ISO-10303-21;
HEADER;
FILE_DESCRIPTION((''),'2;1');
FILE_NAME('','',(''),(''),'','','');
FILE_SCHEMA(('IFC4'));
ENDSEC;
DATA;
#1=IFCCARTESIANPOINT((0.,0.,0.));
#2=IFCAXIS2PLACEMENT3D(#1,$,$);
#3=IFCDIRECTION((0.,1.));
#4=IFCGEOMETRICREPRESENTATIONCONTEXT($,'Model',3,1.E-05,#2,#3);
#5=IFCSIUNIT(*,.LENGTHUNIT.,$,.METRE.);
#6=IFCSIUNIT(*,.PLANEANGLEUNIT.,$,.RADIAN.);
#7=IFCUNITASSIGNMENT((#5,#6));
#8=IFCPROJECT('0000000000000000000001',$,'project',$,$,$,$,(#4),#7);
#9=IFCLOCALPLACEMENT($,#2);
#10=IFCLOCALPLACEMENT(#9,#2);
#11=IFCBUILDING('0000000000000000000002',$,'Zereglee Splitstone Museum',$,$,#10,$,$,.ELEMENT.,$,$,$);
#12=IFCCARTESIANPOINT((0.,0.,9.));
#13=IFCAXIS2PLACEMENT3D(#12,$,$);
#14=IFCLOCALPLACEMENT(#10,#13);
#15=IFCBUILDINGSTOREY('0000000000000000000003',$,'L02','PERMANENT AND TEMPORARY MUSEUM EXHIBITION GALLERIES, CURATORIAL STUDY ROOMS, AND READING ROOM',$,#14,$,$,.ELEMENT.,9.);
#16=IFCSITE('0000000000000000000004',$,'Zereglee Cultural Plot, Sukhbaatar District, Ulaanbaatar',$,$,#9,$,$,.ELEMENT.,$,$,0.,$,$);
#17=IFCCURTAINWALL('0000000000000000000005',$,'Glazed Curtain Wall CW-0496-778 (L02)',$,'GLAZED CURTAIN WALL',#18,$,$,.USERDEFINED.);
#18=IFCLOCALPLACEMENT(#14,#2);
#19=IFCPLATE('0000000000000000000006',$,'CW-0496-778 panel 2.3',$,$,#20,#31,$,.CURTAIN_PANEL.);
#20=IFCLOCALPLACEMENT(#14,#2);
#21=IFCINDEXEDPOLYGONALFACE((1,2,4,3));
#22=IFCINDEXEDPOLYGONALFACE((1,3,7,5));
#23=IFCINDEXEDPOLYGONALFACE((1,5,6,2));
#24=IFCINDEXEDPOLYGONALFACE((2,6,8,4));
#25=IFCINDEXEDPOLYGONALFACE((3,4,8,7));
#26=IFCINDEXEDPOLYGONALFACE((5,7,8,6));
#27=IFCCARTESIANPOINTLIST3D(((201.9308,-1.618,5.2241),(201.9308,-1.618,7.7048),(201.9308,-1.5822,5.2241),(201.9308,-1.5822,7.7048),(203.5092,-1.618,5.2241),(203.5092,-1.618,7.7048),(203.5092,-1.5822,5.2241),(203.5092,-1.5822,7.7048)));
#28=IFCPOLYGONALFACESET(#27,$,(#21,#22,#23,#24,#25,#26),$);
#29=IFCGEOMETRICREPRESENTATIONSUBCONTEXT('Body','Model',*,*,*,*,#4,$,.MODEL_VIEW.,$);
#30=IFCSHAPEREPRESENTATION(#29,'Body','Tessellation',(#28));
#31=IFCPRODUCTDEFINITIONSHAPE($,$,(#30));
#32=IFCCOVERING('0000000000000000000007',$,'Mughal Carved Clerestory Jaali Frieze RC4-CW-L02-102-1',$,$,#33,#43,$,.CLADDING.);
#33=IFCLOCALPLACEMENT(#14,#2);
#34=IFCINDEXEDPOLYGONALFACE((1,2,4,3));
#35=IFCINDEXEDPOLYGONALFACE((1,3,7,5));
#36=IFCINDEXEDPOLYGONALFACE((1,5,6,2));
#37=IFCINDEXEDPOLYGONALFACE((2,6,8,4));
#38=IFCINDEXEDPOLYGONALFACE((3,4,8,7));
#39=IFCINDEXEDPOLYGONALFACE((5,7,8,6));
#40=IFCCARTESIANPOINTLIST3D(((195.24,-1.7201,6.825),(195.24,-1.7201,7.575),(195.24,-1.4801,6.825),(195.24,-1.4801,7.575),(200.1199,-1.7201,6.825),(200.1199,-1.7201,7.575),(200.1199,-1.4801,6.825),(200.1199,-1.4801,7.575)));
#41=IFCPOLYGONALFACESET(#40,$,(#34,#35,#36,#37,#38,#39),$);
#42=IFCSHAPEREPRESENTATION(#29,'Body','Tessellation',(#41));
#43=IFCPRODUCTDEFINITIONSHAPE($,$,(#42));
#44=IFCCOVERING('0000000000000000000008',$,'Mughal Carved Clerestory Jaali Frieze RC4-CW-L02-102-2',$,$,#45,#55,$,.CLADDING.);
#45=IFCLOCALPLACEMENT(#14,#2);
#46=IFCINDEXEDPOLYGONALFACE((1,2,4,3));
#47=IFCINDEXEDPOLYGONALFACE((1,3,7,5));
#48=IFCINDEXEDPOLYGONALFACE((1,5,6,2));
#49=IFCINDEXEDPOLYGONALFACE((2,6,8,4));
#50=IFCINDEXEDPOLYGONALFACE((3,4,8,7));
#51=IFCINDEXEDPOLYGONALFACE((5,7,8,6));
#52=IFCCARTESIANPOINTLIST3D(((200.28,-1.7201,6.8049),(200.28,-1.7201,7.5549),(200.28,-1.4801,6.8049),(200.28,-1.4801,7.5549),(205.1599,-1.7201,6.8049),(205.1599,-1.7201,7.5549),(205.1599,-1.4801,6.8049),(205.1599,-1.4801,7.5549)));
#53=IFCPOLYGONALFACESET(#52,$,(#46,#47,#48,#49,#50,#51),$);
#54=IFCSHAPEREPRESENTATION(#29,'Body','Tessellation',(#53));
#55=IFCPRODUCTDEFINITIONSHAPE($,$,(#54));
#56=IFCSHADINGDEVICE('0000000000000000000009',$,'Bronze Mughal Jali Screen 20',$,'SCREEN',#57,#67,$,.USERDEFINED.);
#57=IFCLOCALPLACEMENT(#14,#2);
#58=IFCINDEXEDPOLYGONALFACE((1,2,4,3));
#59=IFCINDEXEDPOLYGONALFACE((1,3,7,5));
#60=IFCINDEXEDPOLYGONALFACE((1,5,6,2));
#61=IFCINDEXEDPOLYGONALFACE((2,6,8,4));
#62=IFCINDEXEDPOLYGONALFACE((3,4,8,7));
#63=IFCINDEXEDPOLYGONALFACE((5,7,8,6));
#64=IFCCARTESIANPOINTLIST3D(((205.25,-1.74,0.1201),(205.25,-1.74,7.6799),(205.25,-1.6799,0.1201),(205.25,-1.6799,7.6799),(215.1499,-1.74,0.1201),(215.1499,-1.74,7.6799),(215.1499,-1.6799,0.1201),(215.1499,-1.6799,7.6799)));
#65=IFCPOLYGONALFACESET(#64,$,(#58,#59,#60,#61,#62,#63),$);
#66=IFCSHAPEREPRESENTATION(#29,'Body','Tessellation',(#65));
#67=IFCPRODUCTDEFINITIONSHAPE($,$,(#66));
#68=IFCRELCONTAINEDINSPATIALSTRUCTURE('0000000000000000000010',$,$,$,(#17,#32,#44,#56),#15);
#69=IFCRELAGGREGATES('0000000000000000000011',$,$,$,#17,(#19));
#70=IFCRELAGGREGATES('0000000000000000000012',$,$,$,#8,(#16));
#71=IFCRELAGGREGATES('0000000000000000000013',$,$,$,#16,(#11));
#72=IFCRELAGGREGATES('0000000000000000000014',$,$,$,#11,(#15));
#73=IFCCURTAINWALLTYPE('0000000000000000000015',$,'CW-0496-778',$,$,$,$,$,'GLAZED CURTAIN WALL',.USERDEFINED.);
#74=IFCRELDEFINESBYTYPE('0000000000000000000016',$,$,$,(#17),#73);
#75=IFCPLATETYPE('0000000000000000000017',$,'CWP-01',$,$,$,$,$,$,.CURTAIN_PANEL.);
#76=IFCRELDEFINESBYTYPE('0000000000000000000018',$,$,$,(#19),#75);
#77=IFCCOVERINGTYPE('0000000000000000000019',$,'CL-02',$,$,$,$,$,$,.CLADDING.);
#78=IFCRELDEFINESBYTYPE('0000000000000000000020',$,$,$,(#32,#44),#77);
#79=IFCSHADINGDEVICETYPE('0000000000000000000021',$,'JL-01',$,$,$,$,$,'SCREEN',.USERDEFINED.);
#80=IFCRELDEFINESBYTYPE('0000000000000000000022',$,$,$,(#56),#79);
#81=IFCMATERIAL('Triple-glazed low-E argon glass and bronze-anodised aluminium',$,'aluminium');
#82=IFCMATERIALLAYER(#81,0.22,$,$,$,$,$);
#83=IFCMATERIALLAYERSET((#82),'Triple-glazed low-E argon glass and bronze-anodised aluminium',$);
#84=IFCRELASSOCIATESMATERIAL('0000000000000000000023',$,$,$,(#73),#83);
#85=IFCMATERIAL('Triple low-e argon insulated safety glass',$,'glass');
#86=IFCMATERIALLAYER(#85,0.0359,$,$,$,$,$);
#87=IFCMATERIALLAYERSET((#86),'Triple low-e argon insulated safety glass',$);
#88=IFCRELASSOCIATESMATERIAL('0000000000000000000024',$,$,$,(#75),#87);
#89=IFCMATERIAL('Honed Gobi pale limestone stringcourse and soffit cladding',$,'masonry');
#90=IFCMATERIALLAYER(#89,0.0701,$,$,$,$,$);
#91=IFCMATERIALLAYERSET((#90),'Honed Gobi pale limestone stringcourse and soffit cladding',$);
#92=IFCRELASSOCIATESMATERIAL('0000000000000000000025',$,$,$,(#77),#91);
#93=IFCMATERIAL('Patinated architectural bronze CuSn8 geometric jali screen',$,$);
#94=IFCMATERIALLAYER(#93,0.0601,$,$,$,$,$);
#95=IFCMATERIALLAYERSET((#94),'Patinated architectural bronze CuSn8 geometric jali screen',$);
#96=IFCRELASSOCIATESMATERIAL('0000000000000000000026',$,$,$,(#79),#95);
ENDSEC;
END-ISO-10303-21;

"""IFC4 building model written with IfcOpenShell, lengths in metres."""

from ifc_helpers import new_model, si_unit, direction, frame, origin, origin_2d, place, context, subcontext, project, spatial, polyline, rectangle, outline, extrude, material, layer, layer_set, type_object, element, aggregate, save


model = new_model("IFC4")

# Units and contexts
model_context = context("Model", 3, precision=1e-05, world=origin(), true_north=direction((0.0, 1.0)))
body_context = subcontext(model_context, "Body", "Model", "MODEL_VIEW")
ifc_project = project(units=[si_unit("LENGTHUNIT", "METRE"), si_unit("PLANEANGLEUNIT", "RADIAN")], contexts=[model_context])

# Site, building, storey
site_placement = place(None, origin())
site = spatial("IfcSite", under=ifc_project, at=site_placement, Name="Zereglee Cultural Plot, Sukhbaatar District, Ulaanbaatar", CompositionType="ELEMENT", RefElevation=0.0)
building_placement = place(site_placement, origin())
building = spatial("IfcBuilding", under=site, at=building_placement, Name="Zereglee Splitstone Museum", CompositionType="ELEMENT")
storey_placement = place(building_placement, frame((0.0, 0.0, 9.0)))
storey = spatial("IfcBuildingStorey", under=building, at=storey_placement, Name="L02", Description="PERMANENT AND TEMPORARY MUSEUM EXHIBITION GALLERIES, CURATORIAL STUDY ROOMS, AND READING ROOM", CompositionType="ELEMENT", Elevation=9.0)

# Curtain wall
ifc_material_1 = material(Name="Triple-glazed low-E argon glass and bronze-anodised aluminium", Category="aluminium")
ifc_layer_1 = layer(ifc_material_1, 0.22)
ifc_layer_set_1 = layer_set([ifc_layer_1], Name="Triple-glazed low-E argon glass and bronze-anodised aluminium")
curtain_wall_type_1 = type_object("IfcCurtainWallType", Name="CW-0496-778", ElementType="GLAZED CURTAIN WALL", PredefinedType="USERDEFINED", material=ifc_layer_set_1)
curtain_wall_1_placement = place(storey_placement, origin())
curtain_wall_1 = element("IfcCurtainWall", 1, at=curtain_wall_1_placement, inside=storey, type_object=curtain_wall_type_1, Name="Glazed Curtain Wall CW-0496-778 (L02)", ObjectType="GLAZED CURTAIN WALL", PredefinedType="USERDEFINED")

# Plate
ifc_material_2 = material(Name="Triple low-e argon insulated safety glass", Category="glass")
ifc_layer_2 = layer(ifc_material_2, 0.0359)
ifc_layer_set_2 = layer_set([ifc_layer_2], Name="Triple low-e argon insulated safety glass")
plate_type = type_object("IfcPlateType", Name="CWP-01", PredefinedType="CURTAIN_PANEL", material=ifc_layer_set_2)
plate_1_placement = place(storey_placement, frame((202.72, -1.6001, 5.2241), z_axis=(0.0, 0.0, 1.0), x_axis=(1.0, 0.0, 0.0)))
plate_1 = element("IfcPlate", 2, at=plate_1_placement, type_object=plate_type, Name="CW-0496-778 panel 2.3", PredefinedType="CURTAIN_PANEL", context=body_context, shape_type="SweptSolid", body=[
    extrude(rectangle(XDim=1.5784, YDim=0.0359, at=origin_2d()), origin(), (0.0, 0.0, 1.0), 2.4807),
])
aggregate(curtain_wall_1, [plate_1])

# Coverings
ifc_material_3 = material(Name="Honed Gobi pale limestone stringcourse and soffit cladding", Category="masonry")
ifc_layer_3 = layer(ifc_material_3, 0.0701)
ifc_layer_set_3 = layer_set([ifc_layer_3], Name="Honed Gobi pale limestone stringcourse and soffit cladding")
covering_type = type_object("IfcCoveringType", Name="CL-02", PredefinedType="CLADDING", material=ifc_layer_set_3)
for number, where, z_axis, x_axis, name in (
    (3, (197.6799, -1.6001, 6.825), (0.0, 0.0, 1.0), (1.0, 0.0, 0.0), "Mughal Carved Clerestory Jaali Frieze RC4-CW-L02-102-1"),
    (4, (202.72, -1.6001, 6.8049), (0.0, 0.0, 1.0), (1.0, 0.0, 0.0), "Mughal Carved Clerestory Jaali Frieze RC4-CW-L02-102-2"),
):
    element("IfcCovering", number, at=place(storey_placement, frame(where, z_axis=z_axis, x_axis=x_axis)), inside=storey, type_object=covering_type, Name=name, PredefinedType="CLADDING", context=body_context, shape_type="SweptSolid", body=[
        extrude(rectangle(XDim=4.8799, YDim=0.24, at=origin_2d()), origin(), (0.0, 0.0, 1.0), 0.75),
    ])

# Shading device
ifc_material_4 = material(Name="Patinated architectural bronze CuSn8 geometric jali screen")
ifc_layer_4 = layer(ifc_material_4, 0.0601)
ifc_layer_set_4 = layer_set([ifc_layer_4], Name="Patinated architectural bronze CuSn8 geometric jali screen")
shading_device_type = type_object("IfcShadingDeviceType", Name="JL-01", ElementType="SCREEN", PredefinedType="USERDEFINED", material=ifc_layer_set_4)
shading_device_placement = place(storey_placement, frame((205.25, -1.6799, 0.1201), z_axis=(0.0, -1.0, 0.0), x_axis=(1.0, 0.0, 0.0)))
element("IfcShadingDevice", 5, at=shading_device_placement, inside=storey, type_object=shading_device_type, Name="Bronze Mughal Jali Screen 20", ObjectType="SCREEN", PredefinedType="USERDEFINED", context=body_context, shape_type="SweptSolid", body=[
    extrude(outline(polyline([(0.0, 0.0), (9.8999, 0.0), (9.8999, 7.5598), (0.0, 7.5598), (0.0, 0.0)])), origin(), (0.0, 0.0, 1.0), 0.0601),
])

save(model, "model.ifc")
